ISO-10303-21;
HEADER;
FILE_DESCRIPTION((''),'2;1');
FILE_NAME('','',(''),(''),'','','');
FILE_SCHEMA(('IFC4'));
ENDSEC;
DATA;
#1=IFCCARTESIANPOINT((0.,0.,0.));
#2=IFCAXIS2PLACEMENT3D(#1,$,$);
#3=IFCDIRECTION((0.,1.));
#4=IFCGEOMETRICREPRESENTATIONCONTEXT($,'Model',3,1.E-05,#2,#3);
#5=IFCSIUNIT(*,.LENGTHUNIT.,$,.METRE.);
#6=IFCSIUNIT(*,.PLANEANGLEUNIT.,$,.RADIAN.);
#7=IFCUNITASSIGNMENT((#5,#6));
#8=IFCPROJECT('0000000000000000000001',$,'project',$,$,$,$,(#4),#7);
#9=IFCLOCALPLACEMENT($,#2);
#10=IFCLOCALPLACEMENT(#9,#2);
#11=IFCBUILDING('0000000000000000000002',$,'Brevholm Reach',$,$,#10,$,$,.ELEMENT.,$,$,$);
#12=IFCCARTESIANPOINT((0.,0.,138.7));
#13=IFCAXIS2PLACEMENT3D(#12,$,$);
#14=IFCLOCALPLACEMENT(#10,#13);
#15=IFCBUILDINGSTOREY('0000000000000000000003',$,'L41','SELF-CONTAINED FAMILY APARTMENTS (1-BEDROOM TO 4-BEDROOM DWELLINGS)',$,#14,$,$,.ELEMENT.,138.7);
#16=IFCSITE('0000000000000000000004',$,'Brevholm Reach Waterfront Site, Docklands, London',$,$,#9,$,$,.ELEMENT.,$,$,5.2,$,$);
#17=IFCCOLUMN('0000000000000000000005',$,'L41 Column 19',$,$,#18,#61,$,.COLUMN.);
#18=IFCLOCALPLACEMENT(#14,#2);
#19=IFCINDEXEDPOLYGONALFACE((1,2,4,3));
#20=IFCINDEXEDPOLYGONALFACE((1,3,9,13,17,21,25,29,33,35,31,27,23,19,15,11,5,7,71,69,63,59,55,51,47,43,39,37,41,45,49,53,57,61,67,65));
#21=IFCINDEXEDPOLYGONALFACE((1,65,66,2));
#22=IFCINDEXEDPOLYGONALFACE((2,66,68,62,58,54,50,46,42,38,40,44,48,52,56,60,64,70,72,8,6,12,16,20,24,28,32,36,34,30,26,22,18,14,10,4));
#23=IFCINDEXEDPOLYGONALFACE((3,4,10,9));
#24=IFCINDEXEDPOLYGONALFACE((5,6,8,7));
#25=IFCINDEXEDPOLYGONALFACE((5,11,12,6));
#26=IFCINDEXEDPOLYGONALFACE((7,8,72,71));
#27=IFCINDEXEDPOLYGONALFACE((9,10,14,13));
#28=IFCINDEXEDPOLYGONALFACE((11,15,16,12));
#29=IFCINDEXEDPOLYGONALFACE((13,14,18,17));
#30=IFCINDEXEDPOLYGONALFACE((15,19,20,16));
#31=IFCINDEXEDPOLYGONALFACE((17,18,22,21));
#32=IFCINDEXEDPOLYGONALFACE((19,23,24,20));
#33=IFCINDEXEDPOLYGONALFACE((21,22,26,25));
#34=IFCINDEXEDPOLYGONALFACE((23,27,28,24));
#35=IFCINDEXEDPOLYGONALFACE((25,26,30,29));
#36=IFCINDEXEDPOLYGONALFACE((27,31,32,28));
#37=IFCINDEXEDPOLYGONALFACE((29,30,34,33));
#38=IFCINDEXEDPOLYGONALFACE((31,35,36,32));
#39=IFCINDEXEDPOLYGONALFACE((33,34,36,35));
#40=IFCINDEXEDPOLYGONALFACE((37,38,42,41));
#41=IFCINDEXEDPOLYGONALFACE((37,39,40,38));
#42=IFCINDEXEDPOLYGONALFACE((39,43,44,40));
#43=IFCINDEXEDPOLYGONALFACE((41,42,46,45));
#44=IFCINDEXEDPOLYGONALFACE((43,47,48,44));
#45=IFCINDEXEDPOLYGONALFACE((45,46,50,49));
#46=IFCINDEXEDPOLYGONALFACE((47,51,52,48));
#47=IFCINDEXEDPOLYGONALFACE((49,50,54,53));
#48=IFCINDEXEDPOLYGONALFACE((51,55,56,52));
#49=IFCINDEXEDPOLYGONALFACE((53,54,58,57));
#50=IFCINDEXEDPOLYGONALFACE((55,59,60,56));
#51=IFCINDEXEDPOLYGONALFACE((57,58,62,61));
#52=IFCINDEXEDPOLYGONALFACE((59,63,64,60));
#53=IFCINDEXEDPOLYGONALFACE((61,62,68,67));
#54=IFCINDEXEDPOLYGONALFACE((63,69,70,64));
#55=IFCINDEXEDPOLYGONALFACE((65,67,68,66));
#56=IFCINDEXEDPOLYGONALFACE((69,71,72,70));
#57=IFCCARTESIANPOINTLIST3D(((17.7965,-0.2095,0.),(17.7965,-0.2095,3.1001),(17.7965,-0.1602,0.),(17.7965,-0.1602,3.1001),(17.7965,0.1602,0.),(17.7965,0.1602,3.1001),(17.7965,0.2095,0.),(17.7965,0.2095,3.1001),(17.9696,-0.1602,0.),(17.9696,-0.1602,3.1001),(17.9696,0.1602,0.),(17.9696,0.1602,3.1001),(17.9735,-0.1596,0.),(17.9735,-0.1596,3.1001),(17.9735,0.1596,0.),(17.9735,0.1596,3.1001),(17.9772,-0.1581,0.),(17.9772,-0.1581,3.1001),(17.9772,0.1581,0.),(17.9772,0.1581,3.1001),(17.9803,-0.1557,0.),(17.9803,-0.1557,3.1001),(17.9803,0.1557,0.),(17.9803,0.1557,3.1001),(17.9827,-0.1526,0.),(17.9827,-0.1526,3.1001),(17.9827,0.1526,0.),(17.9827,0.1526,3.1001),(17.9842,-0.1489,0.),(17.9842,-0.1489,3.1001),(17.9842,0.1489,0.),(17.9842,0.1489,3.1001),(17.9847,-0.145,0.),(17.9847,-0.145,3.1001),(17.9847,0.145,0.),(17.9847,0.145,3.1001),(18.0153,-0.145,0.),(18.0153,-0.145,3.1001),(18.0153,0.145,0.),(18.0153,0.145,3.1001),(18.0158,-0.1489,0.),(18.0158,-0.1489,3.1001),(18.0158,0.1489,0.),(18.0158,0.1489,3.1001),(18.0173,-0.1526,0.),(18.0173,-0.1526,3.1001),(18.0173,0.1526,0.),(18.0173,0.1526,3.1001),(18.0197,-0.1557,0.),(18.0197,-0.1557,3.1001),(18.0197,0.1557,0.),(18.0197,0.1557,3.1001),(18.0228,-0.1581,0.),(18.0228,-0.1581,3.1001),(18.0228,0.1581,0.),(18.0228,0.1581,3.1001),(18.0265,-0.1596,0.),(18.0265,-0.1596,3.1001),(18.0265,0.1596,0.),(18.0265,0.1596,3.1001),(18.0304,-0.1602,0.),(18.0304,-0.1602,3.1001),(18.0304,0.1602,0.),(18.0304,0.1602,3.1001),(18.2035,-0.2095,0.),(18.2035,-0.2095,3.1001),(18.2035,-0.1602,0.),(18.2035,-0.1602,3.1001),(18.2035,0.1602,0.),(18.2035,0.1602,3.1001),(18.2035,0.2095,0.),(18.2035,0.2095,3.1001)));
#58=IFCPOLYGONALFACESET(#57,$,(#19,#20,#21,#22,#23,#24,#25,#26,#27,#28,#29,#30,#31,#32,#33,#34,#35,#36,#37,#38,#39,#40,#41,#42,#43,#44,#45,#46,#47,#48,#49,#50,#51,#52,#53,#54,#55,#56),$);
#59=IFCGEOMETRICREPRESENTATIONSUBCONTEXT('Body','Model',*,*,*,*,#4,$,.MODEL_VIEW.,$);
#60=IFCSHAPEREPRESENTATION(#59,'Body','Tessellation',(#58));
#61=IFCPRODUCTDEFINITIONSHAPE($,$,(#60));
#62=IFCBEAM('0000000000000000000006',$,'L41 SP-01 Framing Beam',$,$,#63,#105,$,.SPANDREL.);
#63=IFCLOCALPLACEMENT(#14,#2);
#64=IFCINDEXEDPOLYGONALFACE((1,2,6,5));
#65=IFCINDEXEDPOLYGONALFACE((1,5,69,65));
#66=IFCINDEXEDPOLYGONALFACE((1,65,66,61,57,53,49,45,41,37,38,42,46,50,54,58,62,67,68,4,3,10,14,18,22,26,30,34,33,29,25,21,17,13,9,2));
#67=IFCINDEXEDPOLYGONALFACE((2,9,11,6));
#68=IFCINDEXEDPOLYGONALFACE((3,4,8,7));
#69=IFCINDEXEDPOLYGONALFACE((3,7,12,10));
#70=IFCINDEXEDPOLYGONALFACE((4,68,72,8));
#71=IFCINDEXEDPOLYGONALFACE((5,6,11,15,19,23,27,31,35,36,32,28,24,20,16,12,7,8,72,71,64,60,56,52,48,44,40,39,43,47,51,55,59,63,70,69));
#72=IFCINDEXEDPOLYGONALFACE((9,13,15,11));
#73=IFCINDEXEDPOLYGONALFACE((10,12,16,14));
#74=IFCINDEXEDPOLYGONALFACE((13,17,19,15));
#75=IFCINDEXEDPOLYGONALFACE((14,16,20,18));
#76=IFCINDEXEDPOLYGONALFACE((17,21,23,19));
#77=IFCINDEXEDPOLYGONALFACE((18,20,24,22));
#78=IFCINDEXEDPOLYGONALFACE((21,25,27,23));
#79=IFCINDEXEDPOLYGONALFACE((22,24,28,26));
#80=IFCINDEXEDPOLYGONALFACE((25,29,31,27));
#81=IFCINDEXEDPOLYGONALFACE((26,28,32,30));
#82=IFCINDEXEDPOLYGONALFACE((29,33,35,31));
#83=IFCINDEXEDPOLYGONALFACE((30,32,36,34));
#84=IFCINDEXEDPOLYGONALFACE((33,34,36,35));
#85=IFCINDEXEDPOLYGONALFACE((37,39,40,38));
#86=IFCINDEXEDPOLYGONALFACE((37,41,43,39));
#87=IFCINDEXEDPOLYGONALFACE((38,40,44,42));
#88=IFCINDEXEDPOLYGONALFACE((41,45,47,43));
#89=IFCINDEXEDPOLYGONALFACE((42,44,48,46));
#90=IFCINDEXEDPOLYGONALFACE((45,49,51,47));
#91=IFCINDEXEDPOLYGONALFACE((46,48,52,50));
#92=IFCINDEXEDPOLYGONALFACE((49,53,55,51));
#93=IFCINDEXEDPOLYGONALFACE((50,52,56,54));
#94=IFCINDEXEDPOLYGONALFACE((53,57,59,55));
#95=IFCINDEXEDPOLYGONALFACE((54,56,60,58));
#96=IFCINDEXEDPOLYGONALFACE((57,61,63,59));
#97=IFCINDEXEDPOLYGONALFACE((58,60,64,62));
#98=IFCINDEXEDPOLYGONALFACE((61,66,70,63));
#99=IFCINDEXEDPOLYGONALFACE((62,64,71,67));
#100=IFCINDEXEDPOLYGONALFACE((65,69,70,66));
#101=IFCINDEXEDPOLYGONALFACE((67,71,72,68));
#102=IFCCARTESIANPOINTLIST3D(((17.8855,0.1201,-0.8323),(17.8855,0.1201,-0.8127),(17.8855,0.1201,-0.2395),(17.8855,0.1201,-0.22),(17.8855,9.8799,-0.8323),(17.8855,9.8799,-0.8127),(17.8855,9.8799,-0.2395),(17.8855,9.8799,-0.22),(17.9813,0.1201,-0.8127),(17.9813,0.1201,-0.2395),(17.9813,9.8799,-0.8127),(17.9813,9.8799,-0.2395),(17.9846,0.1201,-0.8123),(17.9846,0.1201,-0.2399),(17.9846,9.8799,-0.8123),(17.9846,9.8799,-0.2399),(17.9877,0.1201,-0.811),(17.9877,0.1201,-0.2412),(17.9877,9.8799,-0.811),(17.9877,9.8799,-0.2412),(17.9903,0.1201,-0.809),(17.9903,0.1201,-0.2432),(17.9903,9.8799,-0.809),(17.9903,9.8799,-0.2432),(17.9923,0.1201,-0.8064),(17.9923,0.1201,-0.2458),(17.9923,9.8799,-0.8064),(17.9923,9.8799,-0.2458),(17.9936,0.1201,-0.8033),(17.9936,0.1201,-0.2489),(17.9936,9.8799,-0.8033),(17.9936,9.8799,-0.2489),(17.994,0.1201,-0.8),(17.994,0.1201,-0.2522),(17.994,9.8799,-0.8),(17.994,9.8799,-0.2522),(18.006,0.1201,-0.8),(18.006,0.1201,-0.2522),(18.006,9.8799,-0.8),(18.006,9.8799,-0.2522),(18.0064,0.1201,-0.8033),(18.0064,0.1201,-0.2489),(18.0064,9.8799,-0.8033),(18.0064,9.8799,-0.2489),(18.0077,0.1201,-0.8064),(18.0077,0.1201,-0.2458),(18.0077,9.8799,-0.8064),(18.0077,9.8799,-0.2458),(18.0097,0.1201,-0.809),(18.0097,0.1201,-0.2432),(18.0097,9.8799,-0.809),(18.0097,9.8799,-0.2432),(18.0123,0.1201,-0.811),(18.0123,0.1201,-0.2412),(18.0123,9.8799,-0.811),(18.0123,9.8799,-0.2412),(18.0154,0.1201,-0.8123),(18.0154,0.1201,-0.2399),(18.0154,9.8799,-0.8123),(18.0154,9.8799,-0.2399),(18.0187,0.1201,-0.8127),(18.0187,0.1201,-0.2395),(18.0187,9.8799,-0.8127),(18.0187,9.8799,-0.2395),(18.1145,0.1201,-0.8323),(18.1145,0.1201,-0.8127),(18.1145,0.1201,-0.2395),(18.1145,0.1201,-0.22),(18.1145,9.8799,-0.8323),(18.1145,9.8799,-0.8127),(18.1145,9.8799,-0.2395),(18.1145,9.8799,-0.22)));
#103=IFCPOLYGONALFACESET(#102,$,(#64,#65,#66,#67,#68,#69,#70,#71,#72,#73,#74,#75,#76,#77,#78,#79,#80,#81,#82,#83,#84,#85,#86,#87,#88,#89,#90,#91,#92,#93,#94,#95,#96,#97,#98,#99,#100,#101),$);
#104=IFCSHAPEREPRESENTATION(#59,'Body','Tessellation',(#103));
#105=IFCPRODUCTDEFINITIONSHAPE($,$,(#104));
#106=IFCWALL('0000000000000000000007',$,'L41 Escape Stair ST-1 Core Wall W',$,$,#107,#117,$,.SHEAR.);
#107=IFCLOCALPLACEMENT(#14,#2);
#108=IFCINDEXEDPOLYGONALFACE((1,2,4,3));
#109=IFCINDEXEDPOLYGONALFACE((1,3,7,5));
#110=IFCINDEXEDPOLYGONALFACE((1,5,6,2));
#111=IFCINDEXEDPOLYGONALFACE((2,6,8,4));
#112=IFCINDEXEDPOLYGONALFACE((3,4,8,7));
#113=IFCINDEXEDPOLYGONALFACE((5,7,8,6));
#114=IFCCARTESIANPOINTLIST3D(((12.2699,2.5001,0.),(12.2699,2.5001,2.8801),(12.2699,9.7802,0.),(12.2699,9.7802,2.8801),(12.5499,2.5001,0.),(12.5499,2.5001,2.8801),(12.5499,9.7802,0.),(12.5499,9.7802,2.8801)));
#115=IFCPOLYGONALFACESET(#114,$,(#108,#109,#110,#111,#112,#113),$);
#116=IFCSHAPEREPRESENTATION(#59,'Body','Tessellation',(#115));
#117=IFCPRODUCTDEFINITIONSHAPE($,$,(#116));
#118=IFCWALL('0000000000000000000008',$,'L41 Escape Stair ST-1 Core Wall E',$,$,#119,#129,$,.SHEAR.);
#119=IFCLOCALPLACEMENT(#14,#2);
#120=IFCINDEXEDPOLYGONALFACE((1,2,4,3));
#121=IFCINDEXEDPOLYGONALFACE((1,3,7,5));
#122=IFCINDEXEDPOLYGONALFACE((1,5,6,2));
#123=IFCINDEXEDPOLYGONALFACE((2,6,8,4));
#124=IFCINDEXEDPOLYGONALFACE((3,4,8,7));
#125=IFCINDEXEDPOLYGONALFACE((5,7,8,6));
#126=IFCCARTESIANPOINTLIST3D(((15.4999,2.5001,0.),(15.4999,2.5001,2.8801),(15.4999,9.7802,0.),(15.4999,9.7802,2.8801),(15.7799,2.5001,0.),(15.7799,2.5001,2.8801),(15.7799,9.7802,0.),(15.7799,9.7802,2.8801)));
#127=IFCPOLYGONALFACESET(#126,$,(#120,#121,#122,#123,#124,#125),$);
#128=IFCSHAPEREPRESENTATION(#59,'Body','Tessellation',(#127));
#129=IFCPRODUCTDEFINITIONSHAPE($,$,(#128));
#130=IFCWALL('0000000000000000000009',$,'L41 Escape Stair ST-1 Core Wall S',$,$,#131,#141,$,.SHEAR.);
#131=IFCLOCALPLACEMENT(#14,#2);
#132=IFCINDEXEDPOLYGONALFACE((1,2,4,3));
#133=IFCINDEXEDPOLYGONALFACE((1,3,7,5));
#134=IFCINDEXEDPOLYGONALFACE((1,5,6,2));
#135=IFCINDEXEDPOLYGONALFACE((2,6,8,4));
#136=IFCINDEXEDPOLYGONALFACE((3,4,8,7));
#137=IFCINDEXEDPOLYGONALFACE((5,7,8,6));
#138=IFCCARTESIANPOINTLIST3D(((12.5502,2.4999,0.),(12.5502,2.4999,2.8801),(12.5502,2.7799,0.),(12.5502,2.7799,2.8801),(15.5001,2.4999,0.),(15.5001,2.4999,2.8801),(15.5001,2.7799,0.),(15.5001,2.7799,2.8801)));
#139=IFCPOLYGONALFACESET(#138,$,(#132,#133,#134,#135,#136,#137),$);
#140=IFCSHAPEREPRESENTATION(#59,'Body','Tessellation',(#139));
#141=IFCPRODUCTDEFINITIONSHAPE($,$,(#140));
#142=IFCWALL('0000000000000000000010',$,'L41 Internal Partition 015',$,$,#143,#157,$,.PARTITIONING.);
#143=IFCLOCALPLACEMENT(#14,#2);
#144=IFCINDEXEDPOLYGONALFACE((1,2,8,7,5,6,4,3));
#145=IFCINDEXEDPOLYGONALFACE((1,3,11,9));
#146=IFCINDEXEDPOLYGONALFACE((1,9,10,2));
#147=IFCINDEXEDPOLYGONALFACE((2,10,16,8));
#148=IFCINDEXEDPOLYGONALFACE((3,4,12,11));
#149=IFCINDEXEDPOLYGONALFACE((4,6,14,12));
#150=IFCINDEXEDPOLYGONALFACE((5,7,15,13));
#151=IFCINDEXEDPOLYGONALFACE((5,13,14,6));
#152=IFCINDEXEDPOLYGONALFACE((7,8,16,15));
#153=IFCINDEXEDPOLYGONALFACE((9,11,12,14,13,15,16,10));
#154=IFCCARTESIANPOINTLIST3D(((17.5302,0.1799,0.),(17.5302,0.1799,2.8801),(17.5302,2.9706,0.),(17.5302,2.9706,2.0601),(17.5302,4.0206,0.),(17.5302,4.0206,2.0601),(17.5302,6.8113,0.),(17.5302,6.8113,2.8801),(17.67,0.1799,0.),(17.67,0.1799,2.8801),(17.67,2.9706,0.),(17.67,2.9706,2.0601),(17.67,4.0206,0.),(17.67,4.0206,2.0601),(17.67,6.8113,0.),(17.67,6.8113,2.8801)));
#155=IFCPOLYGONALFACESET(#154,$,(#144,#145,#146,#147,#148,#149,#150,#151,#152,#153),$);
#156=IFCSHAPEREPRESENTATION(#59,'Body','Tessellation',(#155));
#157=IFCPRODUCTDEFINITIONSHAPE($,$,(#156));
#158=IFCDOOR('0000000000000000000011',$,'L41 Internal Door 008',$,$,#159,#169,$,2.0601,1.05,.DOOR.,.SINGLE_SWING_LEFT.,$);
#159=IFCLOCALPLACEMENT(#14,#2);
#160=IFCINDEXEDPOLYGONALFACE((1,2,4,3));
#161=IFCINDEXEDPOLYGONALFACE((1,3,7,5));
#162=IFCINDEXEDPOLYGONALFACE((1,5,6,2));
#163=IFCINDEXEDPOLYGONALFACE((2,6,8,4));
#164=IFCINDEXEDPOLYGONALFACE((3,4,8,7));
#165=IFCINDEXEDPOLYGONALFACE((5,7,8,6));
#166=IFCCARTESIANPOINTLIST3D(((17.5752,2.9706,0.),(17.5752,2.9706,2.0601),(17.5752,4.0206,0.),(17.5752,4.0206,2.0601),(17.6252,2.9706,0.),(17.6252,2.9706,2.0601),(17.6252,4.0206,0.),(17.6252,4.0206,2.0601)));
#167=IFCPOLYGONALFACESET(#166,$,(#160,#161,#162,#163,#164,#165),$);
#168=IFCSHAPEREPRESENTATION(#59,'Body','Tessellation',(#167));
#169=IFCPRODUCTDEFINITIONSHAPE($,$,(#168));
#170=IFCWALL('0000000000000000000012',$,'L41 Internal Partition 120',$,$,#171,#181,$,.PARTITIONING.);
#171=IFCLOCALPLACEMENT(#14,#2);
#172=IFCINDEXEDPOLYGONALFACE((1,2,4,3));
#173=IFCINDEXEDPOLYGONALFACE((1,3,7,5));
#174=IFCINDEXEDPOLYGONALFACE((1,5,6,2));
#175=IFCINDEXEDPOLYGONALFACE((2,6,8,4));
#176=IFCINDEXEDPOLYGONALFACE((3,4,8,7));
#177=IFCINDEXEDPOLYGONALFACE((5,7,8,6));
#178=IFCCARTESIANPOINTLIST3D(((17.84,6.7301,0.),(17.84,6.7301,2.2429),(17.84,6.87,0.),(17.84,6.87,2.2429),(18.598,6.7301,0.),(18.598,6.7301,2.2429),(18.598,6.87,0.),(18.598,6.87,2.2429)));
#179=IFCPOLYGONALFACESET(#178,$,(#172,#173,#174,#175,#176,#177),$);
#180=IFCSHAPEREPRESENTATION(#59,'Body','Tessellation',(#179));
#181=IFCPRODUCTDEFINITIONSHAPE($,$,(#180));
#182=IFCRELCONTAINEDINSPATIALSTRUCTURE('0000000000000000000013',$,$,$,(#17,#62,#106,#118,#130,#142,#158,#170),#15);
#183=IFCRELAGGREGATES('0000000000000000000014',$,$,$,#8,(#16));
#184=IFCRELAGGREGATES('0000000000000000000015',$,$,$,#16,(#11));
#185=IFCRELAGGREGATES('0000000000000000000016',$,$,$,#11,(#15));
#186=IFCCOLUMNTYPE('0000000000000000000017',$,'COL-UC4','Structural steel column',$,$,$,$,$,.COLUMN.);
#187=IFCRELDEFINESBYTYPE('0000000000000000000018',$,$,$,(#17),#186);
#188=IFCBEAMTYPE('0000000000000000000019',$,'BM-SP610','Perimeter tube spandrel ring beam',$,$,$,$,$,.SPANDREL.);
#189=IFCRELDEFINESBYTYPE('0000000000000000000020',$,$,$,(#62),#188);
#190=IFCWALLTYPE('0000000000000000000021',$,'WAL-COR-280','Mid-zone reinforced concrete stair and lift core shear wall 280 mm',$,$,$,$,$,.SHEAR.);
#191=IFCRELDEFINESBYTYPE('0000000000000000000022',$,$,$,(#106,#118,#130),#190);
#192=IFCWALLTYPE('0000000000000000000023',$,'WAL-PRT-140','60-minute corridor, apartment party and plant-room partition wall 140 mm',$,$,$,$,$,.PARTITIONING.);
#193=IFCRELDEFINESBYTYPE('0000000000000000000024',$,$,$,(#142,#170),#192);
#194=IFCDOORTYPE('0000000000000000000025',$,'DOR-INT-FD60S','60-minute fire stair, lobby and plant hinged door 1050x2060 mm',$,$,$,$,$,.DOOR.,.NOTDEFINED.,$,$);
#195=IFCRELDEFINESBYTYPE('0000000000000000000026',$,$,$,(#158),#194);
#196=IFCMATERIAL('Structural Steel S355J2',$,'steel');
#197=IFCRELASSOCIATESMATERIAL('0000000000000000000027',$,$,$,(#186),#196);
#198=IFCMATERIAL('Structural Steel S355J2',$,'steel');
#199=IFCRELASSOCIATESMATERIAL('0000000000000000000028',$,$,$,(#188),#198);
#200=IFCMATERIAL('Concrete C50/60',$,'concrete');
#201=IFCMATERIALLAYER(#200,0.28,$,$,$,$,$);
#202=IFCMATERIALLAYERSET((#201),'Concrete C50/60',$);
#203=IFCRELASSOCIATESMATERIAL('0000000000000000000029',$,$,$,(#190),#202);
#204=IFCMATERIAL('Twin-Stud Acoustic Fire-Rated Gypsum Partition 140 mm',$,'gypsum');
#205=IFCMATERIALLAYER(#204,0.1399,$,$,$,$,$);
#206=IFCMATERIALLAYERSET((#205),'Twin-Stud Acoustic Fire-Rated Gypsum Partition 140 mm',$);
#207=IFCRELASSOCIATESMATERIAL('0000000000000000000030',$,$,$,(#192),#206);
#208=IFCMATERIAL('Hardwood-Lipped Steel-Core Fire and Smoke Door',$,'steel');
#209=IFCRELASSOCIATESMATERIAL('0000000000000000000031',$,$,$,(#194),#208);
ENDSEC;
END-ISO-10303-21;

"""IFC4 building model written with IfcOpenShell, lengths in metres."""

from ifc_helpers import new_model, si_unit, direction, frame, frame_2d, origin, origin_2d, place, context, subcontext, project, spatial, rectangle, i_section, extrude, material, layer, layer_set, material_profile, profile_set, type_object, element, fill, save


model = new_model("IFC4")

# Units and contexts
model_context = context("Model", 3, precision=1e-05, world=origin(), true_north=direction((0.0, 1.0)))
body_context = subcontext(model_context, "Body", "Model", "MODEL_VIEW")
ifc_project = project(units=[si_unit("LENGTHUNIT", "METRE"), si_unit("PLANEANGLEUNIT", "RADIAN")], contexts=[model_context])

# Site, building, storey
site_placement = place(None, origin())
site = spatial("IfcSite", under=ifc_project, at=site_placement, Name="Brevholm Reach Waterfront Site, Docklands, London", CompositionType="ELEMENT", RefElevation=5.2)
building_placement = place(site_placement, origin())
building = spatial("IfcBuilding", under=site, at=building_placement, Name="Brevholm Reach", CompositionType="ELEMENT")
storey_placement = place(building_placement, frame((0.0, 0.0, 138.7)))
storey = spatial("IfcBuildingStorey", under=building, at=storey_placement, Name="L41", Description="SELF-CONTAINED FAMILY APARTMENTS (1-BEDROOM TO 4-BEDROOM DWELLINGS)", CompositionType="ELEMENT", Elevation=138.7)

# Column
ifc_material_1 = material(Name="Structural Steel S355J2", Category="steel")
ifc_material_profile_1 = material_profile(ifc_material_1, i_section(OverallWidth=0.407, OverallDepth=0.4189, WebThickness=0.0305, FlangeThickness=0.0493, FilletRadius=0.0151, at=origin_2d()), Name="UKC 356x406x393")
ifc_profile_set_1 = profile_set([ifc_material_profile_1], Name="Structural Steel S355J2")
column_type = type_object("IfcColumnType", Name="COL-UC4", Description="Structural steel column", PredefinedType="COLUMN", material=ifc_profile_set_1)
column_placement = place(storey_placement, frame((18.0, 0.0, 0.0), z_axis=(0.0, 0.0, 1.0), x_axis=(1.0, 0.0, 0.0)))
element("IfcColumn", 1, at=column_placement, inside=storey, type_object=column_type, Name="L41 Column 19", PredefinedType="COLUMN", context=body_context, shape_type="SweptSolid", body=[
    extrude(i_section(OverallWidth=0.407, OverallDepth=0.4189, WebThickness=0.0305, FlangeThickness=0.0493, FilletRadius=0.0151, at=origin_2d()), origin(), (0.0, 0.0, 1.0), 3.1001),
])

# Beam
ifc_material_2 = material(Name="Structural Steel S355J2", Category="steel")
ifc_material_profile_2 = material_profile(ifc_material_2, i_section(OverallWidth=0.229, OverallDepth=0.6123, WebThickness=0.012, FlangeThickness=0.0195, FilletRadius=0.0127, at=origin_2d()), Name="UKB 610x229x125")
ifc_profile_set_2 = profile_set([ifc_material_profile_2], Name="Structural Steel S355J2")
beam_type = type_object("IfcBeamType", Name="BM-SP610", Description="Perimeter tube spandrel ring beam", PredefinedType="SPANDREL", material=ifc_profile_set_2)
beam_placement = place(storey_placement, frame((18.0, 0.1201, -0.5261), z_axis=(0.0, 1.0, 0.0), x_axis=(-1.0, 0.0, 0.0)))
element("IfcBeam", 2, at=beam_placement, inside=storey, type_object=beam_type, Name="L41 SP-01 Framing Beam", PredefinedType="SPANDREL", context=body_context, shape_type="SweptSolid", body=[
    extrude(i_section(OverallWidth=0.229, OverallDepth=0.6123, WebThickness=0.012, FlangeThickness=0.0195, FilletRadius=0.0127, at=origin_2d()), origin(), (0.0, 0.0, 1.0), 9.7598),
])

# Walls
ifc_material_3 = material(Name="Concrete C50/60", Category="concrete")
ifc_layer_1 = layer(ifc_material_3, 0.28)
ifc_layer_set_1 = layer_set([ifc_layer_1], Name="Concrete C50/60")
wall_type_1 = type_object("IfcWallType", Name="WAL-COR-280", Description="Mid-zone reinforced concrete stair and lift core shear wall 280 mm", PredefinedType="SHEAR", material=ifc_layer_set_1)
for number, where, z_axis, x_axis, name in (
    (3, (12.4099, 2.5, 0.0), (0.0, 0.0, 1.0), (0.0, 1.0, 0.0), "L41 Escape Stair ST-1 Core Wall W"),
    (4, (15.6399, 2.5, 0.0), (0.0, 0.0, 1.0), (0.0, 1.0, 0.0), "L41 Escape Stair ST-1 Core Wall E"),
):
    element("IfcWall", number, at=place(storey_placement, frame(where, z_axis=z_axis, x_axis=x_axis)), inside=storey, type_object=wall_type_1, Name=name, PredefinedType="SHEAR", context=body_context, shape_type="SweptSolid", body=[
        extrude(rectangle(XDim=7.28, YDim=0.28, at=frame_2d((3.6401, 0.0))), origin(), (0.0, 0.0, 1.0), 2.8801),
    ])
wall_1_placement = place(storey_placement, frame((12.55, 2.6399, 0.0), z_axis=(0.0, 0.0, 1.0), x_axis=(1.0, 0.0, 0.0)))
element("IfcWall", 5, at=wall_1_placement, inside=storey, type_object=wall_type_1, Name="L41 Escape Stair ST-1 Core Wall S", PredefinedType="SHEAR", context=body_context, shape_type="SweptSolid", body=[
    extrude(rectangle(XDim=2.95, YDim=0.28, at=frame_2d((1.4751, 0.0))), origin(), (0.0, 0.0, 1.0), 2.8801),
])

# Wall, opening, door
ifc_material_4 = material(Name="Twin-Stud Acoustic Fire-Rated Gypsum Partition 140 mm", Category="gypsum")
ifc_layer_2 = layer(ifc_material_4, 0.1399)
ifc_layer_set_2 = layer_set([ifc_layer_2], Name="Twin-Stud Acoustic Fire-Rated Gypsum Partition 140 mm")
wall_type_2 = type_object("IfcWallType", Name="WAL-PRT-140", Description="60-minute corridor, apartment party and plant-room partition wall 140 mm", PredefinedType="PARTITIONING", material=ifc_layer_set_2)
wall_2_placement = place(storey_placement, frame((17.6001, 0.1799, 0.0), z_axis=(0.0, 0.0, 1.0), x_axis=(0.0, 1.0, 0.0)))
wall_2 = element("IfcWall", 6, at=wall_2_placement, inside=storey, type_object=wall_type_2, Name="L41 Internal Partition 015", PredefinedType="PARTITIONING", context=body_context, shape_type="SweptSolid", body=[
    extrude(rectangle(XDim=6.6313, YDim=0.1399, at=frame_2d((3.3157, 0.0))), origin(), (0.0, 0.0, 1.0), 2.8801),
])
opening_placement = place(wall_2_placement, frame((2.7908, 0.0, 0.0)))
opening = element("IfcOpeningElement", 7, at=opening_placement, cuts=wall_2, PredefinedType="OPENING", context=body_context, shape_type="SweptSolid", body=[
    extrude(rectangle(XDim=1.05, YDim=2.0601, at=frame_2d((0.5249, 1.03))), frame((0.0, 0.0798, 0.0), z_axis=(0.0, -1.0, 0.0), x_axis=(1.0, 0.0, 0.0)), (0.0, 0.0, 1.0), 0.1599),
])
ifc_material_5 = material(Name="Hardwood-Lipped Steel-Core Fire and Smoke Door", Category="steel")
door_type = type_object("IfcDoorType", Name="DOR-INT-FD60S", Description="60-minute fire stair, lobby and plant hinged door 1050x2060 mm", OperationType="NOTDEFINED", PredefinedType="DOOR", material=ifc_material_5)
door_placement = place(opening_placement, origin())
door = element("IfcDoor", 8, at=door_placement, inside=storey, type_object=door_type, Name="L41 Internal Door 008", OperationType="SINGLE_SWING_LEFT", OverallHeight=2.0601, OverallWidth=1.05, PredefinedType="DOOR", context=body_context, shape_type="SweptSolid", body=[
    extrude(rectangle(XDim=1.05, YDim=2.0601, at=frame_2d((0.5249, 1.03))), frame((0.0, 0.0249, 0.0), z_axis=(0.0, -1.0, 0.0), x_axis=(1.0, 0.0, 0.0)), (0.0, 0.0, 1.0), 0.05),
])
fill(opening, door)

# Wall
wall_3_placement = place(storey_placement, frame((17.8401, 6.8, 0.0), z_axis=(0.0, 0.0, 1.0), x_axis=(1.0, 0.0, 0.0)))
element("IfcWall", 9, at=wall_3_placement, inside=storey, type_object=wall_type_2, Name="L41 Internal Partition 120", PredefinedType="PARTITIONING", context=body_context, shape_type="SweptSolid", body=[
    extrude(rectangle(XDim=0.7581, YDim=0.1399, at=frame_2d((0.3789, 0.0))), origin(), (0.0, 0.0, 1.0), 2.2429),
])

save(model, "model.ifc")
